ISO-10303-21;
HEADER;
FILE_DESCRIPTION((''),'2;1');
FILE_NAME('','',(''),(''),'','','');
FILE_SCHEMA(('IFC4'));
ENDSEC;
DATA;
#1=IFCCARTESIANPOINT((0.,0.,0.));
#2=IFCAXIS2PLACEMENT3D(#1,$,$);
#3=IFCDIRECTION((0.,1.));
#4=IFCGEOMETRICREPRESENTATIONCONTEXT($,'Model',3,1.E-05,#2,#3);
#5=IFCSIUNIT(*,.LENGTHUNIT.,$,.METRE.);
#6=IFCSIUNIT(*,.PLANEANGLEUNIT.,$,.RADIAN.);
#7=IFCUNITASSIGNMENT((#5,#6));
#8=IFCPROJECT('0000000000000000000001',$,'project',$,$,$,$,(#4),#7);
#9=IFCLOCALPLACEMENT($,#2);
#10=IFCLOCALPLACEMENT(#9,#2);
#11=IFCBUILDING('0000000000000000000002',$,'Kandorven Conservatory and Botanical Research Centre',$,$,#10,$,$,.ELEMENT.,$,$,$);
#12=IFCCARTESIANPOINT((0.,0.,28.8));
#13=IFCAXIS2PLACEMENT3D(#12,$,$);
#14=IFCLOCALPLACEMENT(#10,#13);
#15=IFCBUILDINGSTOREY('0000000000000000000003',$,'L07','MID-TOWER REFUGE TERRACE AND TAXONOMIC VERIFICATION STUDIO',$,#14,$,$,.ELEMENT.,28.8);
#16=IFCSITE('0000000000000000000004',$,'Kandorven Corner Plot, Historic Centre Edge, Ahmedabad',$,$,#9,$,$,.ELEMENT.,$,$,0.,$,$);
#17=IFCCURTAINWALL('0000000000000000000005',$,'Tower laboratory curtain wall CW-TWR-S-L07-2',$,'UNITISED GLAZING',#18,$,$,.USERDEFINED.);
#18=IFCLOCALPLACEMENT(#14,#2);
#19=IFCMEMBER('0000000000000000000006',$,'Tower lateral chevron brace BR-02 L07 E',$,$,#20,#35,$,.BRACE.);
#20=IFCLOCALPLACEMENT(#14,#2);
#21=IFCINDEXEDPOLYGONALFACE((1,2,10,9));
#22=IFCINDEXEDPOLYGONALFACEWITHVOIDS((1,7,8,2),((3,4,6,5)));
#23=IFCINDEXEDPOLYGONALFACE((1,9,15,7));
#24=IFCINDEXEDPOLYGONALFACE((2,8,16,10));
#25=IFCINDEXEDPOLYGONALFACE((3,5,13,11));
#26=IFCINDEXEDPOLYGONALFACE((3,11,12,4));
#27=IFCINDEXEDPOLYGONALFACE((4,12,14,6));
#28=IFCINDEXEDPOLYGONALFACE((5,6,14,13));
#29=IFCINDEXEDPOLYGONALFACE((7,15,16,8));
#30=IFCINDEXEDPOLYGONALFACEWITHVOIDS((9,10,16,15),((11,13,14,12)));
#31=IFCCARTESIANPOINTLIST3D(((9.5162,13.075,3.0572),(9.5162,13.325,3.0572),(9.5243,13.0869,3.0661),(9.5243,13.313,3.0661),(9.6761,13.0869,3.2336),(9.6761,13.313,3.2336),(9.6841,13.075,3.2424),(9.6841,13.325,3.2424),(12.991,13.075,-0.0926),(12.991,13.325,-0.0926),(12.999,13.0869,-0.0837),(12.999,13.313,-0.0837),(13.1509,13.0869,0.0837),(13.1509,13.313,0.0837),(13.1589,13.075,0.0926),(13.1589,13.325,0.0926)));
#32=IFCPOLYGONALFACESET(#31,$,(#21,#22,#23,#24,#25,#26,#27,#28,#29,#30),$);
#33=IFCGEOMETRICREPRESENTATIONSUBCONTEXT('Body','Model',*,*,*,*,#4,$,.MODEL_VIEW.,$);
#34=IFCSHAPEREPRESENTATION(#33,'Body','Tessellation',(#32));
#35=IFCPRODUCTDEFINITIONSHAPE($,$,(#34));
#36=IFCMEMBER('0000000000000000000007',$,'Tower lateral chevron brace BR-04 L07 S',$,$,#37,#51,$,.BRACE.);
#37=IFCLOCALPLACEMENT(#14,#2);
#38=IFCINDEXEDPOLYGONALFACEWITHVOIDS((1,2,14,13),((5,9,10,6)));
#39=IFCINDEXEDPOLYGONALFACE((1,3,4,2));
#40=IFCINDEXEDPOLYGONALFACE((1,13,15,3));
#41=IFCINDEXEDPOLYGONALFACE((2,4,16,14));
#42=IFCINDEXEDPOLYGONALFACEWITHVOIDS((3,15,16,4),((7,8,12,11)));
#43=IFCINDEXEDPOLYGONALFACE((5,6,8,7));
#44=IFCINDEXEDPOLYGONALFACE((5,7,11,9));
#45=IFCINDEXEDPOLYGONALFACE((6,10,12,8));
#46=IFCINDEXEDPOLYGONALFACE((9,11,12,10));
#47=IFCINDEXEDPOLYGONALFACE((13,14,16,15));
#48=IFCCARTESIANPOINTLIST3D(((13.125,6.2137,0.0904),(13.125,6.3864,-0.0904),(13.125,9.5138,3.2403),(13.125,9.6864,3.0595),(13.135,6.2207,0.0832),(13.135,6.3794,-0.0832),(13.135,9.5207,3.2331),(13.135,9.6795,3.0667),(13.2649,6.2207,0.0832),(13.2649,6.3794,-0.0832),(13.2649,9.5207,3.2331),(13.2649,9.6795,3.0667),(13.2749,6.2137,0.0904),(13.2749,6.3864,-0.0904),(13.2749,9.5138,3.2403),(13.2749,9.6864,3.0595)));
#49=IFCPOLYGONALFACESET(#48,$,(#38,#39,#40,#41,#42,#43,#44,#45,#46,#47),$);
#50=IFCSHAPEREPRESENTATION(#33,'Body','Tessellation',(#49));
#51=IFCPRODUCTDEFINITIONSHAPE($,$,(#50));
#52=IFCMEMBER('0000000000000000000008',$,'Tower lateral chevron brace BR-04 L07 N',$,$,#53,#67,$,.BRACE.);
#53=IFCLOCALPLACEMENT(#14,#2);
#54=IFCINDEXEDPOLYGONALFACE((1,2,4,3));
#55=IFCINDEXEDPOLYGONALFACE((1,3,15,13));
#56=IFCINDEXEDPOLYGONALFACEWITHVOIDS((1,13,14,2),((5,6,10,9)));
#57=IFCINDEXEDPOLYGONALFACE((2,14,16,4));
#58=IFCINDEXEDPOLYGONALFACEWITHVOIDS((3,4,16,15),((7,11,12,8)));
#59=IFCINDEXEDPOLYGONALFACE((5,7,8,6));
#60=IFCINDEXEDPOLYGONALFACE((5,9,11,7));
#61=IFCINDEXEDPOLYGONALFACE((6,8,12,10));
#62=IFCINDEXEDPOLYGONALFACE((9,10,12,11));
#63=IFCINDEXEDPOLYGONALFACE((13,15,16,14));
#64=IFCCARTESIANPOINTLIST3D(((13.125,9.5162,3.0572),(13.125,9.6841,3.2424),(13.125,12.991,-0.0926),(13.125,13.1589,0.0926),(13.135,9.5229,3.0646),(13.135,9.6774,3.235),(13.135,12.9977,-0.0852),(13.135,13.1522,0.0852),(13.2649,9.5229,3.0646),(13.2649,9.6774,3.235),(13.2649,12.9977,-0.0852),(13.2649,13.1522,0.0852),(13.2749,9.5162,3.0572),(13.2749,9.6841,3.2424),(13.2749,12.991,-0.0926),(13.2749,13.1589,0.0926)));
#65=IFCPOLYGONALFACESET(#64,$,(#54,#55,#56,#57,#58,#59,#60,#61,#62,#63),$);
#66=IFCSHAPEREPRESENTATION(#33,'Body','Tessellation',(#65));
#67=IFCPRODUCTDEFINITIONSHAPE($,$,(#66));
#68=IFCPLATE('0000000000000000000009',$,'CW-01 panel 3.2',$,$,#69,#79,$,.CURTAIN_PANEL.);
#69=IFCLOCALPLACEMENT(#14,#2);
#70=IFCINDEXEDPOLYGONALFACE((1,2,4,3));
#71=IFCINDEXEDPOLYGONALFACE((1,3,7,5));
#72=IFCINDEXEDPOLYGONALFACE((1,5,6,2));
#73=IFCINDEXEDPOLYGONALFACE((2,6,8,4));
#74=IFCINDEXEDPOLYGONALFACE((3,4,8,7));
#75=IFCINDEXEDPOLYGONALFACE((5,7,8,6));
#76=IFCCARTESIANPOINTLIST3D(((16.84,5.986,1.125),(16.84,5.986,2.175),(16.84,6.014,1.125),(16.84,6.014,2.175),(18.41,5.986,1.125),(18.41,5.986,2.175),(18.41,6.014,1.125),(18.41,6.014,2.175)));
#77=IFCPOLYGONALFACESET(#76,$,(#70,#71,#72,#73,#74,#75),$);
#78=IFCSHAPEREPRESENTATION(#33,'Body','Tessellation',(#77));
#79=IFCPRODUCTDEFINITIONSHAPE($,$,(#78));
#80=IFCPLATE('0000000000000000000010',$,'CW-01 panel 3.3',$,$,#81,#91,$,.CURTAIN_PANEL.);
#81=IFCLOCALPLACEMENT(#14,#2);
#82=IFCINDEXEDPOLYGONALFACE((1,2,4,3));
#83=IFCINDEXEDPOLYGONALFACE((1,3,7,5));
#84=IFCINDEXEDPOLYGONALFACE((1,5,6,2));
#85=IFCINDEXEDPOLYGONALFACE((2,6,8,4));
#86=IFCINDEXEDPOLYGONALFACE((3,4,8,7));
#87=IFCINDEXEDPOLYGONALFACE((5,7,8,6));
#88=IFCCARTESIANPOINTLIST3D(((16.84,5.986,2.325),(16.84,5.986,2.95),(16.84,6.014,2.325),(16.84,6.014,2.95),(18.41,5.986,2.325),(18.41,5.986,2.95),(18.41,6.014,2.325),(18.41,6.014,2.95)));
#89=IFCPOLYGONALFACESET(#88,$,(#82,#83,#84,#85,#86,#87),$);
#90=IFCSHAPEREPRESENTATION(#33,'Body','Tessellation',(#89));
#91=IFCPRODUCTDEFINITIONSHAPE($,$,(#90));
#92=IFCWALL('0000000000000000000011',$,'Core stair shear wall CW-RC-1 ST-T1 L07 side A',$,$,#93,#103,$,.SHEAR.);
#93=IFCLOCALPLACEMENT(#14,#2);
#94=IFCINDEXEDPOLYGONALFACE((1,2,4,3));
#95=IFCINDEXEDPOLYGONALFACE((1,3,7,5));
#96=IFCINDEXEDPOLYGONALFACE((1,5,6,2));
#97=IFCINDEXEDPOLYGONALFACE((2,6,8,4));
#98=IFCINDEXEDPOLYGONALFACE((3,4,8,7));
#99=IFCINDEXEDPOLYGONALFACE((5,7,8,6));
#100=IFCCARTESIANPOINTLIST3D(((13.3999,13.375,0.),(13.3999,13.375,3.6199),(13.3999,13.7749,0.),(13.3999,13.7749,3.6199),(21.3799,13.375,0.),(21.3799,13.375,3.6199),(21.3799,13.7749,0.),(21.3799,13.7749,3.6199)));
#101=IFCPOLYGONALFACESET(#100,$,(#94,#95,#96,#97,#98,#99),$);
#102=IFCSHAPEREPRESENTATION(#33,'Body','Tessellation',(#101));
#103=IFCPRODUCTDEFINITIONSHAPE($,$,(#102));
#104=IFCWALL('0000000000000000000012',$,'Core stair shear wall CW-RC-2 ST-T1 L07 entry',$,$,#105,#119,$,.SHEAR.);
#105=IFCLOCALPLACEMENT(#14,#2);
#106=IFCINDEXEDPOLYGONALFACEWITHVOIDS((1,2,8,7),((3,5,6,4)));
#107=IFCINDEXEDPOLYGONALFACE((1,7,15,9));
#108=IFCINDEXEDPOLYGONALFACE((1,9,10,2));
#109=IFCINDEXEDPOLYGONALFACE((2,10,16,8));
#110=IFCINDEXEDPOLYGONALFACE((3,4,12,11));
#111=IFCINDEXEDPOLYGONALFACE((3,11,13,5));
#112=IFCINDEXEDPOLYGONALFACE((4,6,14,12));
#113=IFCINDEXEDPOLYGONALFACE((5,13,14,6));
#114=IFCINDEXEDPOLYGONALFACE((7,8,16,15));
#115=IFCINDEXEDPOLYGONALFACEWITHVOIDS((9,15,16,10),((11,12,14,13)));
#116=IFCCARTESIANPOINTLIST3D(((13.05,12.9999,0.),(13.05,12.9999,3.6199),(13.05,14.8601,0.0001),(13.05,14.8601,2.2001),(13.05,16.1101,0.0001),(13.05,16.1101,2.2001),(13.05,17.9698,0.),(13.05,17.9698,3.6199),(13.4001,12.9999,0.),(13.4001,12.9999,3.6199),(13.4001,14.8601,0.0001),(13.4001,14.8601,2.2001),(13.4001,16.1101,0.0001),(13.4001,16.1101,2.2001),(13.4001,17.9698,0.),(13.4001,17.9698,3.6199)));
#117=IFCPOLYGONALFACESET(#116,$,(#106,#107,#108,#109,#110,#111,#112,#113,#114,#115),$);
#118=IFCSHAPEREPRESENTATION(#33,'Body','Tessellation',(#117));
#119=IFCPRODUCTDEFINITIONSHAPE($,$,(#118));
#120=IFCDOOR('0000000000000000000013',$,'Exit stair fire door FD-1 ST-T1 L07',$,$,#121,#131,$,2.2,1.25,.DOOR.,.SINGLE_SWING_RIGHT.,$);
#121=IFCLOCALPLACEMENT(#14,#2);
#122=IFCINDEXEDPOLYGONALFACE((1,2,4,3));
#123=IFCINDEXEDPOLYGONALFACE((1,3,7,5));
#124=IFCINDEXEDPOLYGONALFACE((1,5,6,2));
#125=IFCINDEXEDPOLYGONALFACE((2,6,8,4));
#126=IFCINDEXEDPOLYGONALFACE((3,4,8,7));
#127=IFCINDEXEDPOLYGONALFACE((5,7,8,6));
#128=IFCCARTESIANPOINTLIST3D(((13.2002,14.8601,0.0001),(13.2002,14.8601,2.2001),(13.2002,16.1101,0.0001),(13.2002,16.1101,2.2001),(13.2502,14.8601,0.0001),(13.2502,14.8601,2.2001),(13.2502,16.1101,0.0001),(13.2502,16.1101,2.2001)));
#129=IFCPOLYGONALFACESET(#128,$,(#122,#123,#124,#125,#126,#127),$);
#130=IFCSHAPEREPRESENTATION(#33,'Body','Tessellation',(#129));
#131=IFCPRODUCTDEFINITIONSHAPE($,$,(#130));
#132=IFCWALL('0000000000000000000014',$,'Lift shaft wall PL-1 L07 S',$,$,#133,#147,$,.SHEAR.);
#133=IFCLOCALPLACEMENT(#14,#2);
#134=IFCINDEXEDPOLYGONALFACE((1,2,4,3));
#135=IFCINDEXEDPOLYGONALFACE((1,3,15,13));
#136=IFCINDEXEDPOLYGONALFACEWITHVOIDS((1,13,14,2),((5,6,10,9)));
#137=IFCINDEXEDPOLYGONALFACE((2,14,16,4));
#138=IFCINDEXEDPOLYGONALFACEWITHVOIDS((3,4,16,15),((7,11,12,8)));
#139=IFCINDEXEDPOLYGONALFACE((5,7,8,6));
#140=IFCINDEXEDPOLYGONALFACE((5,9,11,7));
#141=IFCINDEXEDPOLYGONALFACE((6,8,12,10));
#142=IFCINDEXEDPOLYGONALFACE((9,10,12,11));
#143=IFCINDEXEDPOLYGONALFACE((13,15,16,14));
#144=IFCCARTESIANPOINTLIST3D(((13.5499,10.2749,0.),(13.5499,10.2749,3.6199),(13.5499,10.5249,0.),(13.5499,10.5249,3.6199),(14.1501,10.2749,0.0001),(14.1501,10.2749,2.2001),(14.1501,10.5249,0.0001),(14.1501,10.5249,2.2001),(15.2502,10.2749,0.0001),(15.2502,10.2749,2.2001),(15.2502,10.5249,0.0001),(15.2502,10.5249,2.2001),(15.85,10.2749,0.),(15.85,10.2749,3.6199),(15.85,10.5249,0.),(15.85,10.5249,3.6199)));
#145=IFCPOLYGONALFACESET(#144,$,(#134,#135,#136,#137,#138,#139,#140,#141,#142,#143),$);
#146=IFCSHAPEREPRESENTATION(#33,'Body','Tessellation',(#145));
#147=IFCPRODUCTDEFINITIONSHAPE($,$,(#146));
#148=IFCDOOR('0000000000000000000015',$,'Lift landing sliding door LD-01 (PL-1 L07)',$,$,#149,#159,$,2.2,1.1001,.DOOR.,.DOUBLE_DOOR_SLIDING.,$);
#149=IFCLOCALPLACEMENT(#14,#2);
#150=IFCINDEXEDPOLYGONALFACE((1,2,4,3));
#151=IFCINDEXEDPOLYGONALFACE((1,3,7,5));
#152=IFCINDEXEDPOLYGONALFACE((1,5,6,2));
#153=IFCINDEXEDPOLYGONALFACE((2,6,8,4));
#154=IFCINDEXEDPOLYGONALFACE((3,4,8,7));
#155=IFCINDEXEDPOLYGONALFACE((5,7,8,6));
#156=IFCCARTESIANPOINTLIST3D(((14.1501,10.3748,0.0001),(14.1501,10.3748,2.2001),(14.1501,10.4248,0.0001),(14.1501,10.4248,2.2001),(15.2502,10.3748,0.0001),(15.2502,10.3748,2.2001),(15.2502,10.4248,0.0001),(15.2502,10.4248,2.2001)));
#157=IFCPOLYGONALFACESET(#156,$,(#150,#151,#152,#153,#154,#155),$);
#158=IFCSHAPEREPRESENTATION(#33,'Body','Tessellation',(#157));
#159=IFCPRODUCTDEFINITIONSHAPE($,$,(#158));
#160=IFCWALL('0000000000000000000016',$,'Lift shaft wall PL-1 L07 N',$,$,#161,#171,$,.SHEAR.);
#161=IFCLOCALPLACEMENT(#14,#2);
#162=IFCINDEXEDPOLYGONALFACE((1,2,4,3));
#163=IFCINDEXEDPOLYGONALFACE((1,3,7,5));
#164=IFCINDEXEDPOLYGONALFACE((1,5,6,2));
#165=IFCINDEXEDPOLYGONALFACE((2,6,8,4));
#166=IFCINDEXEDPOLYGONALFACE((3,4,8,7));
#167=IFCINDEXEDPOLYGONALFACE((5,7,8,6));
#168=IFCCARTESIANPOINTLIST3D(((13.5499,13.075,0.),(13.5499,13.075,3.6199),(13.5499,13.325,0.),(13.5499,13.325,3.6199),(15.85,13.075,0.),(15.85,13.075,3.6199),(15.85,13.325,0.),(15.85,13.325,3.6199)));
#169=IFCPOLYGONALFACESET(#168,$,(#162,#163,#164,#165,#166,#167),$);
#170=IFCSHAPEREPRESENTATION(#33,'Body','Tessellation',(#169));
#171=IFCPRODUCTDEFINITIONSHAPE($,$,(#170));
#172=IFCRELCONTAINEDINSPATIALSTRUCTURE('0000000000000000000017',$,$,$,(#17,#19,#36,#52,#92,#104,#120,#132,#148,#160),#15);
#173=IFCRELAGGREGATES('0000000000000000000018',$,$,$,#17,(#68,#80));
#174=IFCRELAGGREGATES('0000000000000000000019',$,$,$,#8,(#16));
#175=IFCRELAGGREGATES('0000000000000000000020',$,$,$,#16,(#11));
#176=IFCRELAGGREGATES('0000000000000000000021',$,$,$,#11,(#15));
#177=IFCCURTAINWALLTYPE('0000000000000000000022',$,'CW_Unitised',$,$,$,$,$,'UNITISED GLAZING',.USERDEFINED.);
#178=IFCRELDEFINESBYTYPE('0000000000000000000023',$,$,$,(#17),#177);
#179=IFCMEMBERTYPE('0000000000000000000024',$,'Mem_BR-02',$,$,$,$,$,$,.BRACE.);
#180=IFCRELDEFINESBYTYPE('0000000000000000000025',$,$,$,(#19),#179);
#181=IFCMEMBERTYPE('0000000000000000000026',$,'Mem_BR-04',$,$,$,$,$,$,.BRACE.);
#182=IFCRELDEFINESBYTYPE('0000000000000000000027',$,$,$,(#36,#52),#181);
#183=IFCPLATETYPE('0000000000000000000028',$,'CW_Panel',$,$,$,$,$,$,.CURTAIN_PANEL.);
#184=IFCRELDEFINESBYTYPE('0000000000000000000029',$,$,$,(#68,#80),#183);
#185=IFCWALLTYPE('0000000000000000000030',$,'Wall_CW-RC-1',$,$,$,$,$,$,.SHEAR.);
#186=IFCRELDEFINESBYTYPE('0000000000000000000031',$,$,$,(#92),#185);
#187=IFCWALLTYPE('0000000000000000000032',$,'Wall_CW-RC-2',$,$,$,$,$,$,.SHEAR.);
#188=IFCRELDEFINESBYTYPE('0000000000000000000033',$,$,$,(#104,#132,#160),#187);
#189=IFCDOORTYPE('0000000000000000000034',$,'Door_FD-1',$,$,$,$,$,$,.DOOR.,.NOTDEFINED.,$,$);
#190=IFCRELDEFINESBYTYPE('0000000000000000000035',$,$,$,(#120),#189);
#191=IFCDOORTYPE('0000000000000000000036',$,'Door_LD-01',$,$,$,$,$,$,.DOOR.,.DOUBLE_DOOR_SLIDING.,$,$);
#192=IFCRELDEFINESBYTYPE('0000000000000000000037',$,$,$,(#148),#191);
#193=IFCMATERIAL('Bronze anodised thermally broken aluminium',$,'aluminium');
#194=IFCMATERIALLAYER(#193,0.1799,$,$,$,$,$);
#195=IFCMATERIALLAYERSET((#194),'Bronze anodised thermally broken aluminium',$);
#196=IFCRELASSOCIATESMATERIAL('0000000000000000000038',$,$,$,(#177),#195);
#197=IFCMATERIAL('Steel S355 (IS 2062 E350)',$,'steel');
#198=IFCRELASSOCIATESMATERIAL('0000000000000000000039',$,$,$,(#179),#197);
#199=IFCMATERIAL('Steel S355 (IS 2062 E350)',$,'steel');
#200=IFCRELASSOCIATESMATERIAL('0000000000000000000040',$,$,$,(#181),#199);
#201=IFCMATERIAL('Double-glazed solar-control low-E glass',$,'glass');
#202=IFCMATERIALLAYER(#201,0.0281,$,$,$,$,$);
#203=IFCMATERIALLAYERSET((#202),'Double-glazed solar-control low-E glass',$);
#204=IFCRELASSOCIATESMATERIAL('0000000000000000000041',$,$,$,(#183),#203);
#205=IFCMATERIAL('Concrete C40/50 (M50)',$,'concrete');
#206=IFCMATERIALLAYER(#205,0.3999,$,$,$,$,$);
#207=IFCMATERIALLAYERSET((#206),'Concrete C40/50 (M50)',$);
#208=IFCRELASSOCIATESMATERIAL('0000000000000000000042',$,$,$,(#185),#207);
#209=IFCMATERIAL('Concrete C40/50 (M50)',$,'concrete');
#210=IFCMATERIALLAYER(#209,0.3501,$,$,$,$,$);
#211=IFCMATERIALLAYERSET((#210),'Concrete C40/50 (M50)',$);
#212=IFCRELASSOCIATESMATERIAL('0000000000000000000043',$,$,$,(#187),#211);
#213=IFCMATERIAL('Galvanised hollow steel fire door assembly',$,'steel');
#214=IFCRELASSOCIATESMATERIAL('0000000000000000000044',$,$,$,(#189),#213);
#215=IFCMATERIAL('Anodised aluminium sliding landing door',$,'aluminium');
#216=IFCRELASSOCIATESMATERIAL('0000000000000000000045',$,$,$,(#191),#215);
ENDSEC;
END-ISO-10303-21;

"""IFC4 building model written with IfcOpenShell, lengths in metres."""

from ifc_helpers import new_model, si_unit, direction, frame, frame_2d, origin, origin_2d, place, context, subcontext, project, spatial, rectangle, hollow_rectangle, extrude, material, layer, layer_set, material_profile, profile_set, type_object, element, fill, aggregate, save


model = new_model("IFC4")

# Units and contexts
model_context = context("Model", 3, precision=1e-05, world=origin(), true_north=direction((0.0, 1.0)))
body_context = subcontext(model_context, "Body", "Model", "MODEL_VIEW")
ifc_project = project(units=[si_unit("LENGTHUNIT", "METRE"), si_unit("PLANEANGLEUNIT", "RADIAN")], contexts=[model_context])

# Site, building, storey
site_placement = place(None, origin())
site = spatial("IfcSite", under=ifc_project, at=site_placement, Name="Kandorven Corner Plot, Historic Centre Edge, Ahmedabad", CompositionType="ELEMENT", RefElevation=0.0)
building_placement = place(site_placement, origin())
building = spatial("IfcBuilding", under=site, at=building_placement, Name="Kandorven Conservatory and Botanical Research Centre", CompositionType="ELEMENT")
storey_placement = place(building_placement, frame((0.0, 0.0, 28.8)))
storey = spatial("IfcBuildingStorey", under=building, at=storey_placement, Name="L07", Description="MID-TOWER REFUGE TERRACE AND TAXONOMIC VERIFICATION STUDIO", CompositionType="ELEMENT", Elevation=28.8)

# Curtain wall
ifc_material_1 = material(Name="Bronze anodised thermally broken aluminium", Category="aluminium")
ifc_layer_1 = layer(ifc_material_1, 0.1799)
ifc_layer_set_1 = layer_set([ifc_layer_1], Name="Bronze anodised thermally broken aluminium")
curtain_wall_type = type_object("IfcCurtainWallType", Name="CW_Unitised", ElementType="UNITISED GLAZING", PredefinedType="USERDEFINED", material=ifc_layer_set_1)
curtain_wall_placement = place(storey_placement, origin())
curtain_wall = element("IfcCurtainWall", 1, at=curtain_wall_placement, inside=storey, type_object=curtain_wall_type, Name="Tower laboratory curtain wall CW-TWR-S-L07-2", ObjectType="UNITISED GLAZING", PredefinedType="USERDEFINED")

# Members
ifc_material_2 = material(Name="Steel S355 (IS 2062 E350)", Category="steel")
ifc_material_profile_1 = material_profile(ifc_material_2, hollow_rectangle(XDim=0.25, YDim=0.25, WallThickness=0.012, at=origin_2d()))
ifc_profile_set_1 = profile_set([ifc_material_profile_1], Name="Steel S355 (IS 2062 E350)")
member_type_1 = type_object("IfcMemberType", Name="Mem_BR-02", PredefinedType="BRACE", material=ifc_profile_set_1)
member_1_placement = place(storey_placement, frame((13.075, 13.2, 0.0), z_axis=(-0.7409, 0.0, 0.671615), x_axis=(0.0, -1.0, 0.0)))
element("IfcMember", 2, at=member_1_placement, inside=storey, type_object=member_type_1, Name="Tower lateral chevron brace BR-02 L07 E", PredefinedType="BRACE", context=body_context, shape_type="SweptSolid", body=[
    extrude(hollow_rectangle(XDim=0.25, YDim=0.25, WallThickness=0.012, at=origin_2d()), origin(), (0.0, 0.0, 1.0), 4.6899),
])
ifc_material_3 = material(Name="Steel S355 (IS 2062 E350)", Category="steel")
ifc_material_profile_2 = material_profile(ifc_material_3, hollow_rectangle(XDim=0.1499, YDim=0.25, WallThickness=0.01, at=origin_2d()))
ifc_profile_set_2 = profile_set([ifc_material_profile_2], Name="Steel S355 (IS 2062 E350)")
member_type_2 = type_object("IfcMemberType", Name="Mem_BR-04", PredefinedType="BRACE", material=ifc_profile_set_2)
member_2_placement = place(storey_placement, frame((13.2, 6.3, 0.0), z_axis=(0.0, 0.723371, 0.690459), x_axis=(-1.0, 0.0, 0.0)))
element("IfcMember", 3, at=member_2_placement, inside=storey, type_object=member_type_2, Name="Tower lateral chevron brace BR-04 L07 S", PredefinedType="BRACE", context=body_context, shape_type="SweptSolid", body=[
    extrude(hollow_rectangle(XDim=0.1499, YDim=0.25, WallThickness=0.01, at=origin_2d()), origin(), (0.0, 0.0, 1.0), 4.562),
])
member_3_placement = place(storey_placement, frame((13.2, 13.075, 0.0), z_axis=(0.0, -0.7409, 0.671615), x_axis=(1.0, 0.0, 0.0)))
element("IfcMember", 4, at=member_3_placement, inside=storey, type_object=member_type_2, Name="Tower lateral chevron brace BR-04 L07 N", PredefinedType="BRACE", context=body_context, shape_type="SweptSolid", body=[
    extrude(hollow_rectangle(XDim=0.1499, YDim=0.25, WallThickness=0.01, at=origin_2d()), origin(), (0.0, 0.0, 1.0), 4.6899),
])

# Plates
ifc_material_4 = material(Name="Double-glazed solar-control low-E glass", Category="glass")
ifc_layer_2 = layer(ifc_material_4, 0.0281)
ifc_layer_set_2 = layer_set([ifc_layer_2], Name="Double-glazed solar-control low-E glass")
plate_type = type_object("IfcPlateType", Name="CW_Panel", PredefinedType="CURTAIN_PANEL", material=ifc_layer_set_2)
plate_1_placement = place(storey_placement, frame((17.625, 6.0, 1.125), z_axis=(0.0, 0.0, 1.0), x_axis=(1.0, 0.0, 0.0)))
plate_1 = element("IfcPlate", 5, at=plate_1_placement, type_object=plate_type, Name="CW-01 panel 3.2", PredefinedType="CURTAIN_PANEL", context=body_context, shape_type="SweptSolid", body=[
    extrude(rectangle(XDim=1.5701, YDim=0.0281, at=origin_2d()), origin(), (0.0, 0.0, 1.0), 1.05),
])
plate_2_placement = place(storey_placement, frame((17.625, 6.0, 2.325), z_axis=(0.0, 0.0, 1.0), x_axis=(1.0, 0.0, 0.0)))
plate_2 = element("IfcPlate", 6, at=plate_2_placement, type_object=plate_type, Name="CW-01 panel 3.3", PredefinedType="CURTAIN_PANEL", context=body_context, shape_type="SweptSolid", body=[
    extrude(rectangle(XDim=1.5701, YDim=0.0281, at=origin_2d()), origin(), (0.0, 0.0, 1.0), 0.625),
])
aggregate(curtain_wall, [plate_1, plate_2])

# Wall
ifc_material_5 = material(Name="Concrete C40/50 (M50)", Category="concrete")
ifc_layer_3 = layer(ifc_material_5, 0.3999)
ifc_layer_set_3 = layer_set([ifc_layer_3], Name="Concrete C40/50 (M50)")
wall_type_1 = type_object("IfcWallType", Name="Wall_CW-RC-1", PredefinedType="SHEAR", material=ifc_layer_set_3)
wall_1_placement = place(storey_placement, frame((13.3999, 13.575, 0.0), z_axis=(0.0, 0.0, 1.0), x_axis=(1.0, 0.0, 0.0)))
element("IfcWall", 7, at=wall_1_placement, inside=storey, type_object=wall_type_1, Name="Core stair shear wall CW-RC-1 ST-T1 L07 side A", PredefinedType="SHEAR", context=body_context, shape_type="SweptSolid", body=[
    extrude(rectangle(XDim=7.98, YDim=0.3999, at=frame_2d((3.99, 0.0))), origin(), (0.0, 0.0, 1.0), 3.6199),
])

# Walls, openings, doors
ifc_material_6 = material(Name="Concrete C40/50 (M50)", Category="concrete")
ifc_layer_4 = layer(ifc_material_6, 0.3501)
ifc_layer_set_4 = layer_set([ifc_layer_4], Name="Concrete C40/50 (M50)")
wall_type_2 = type_object("IfcWallType", Name="Wall_CW-RC-2", PredefinedType="SHEAR", material=ifc_layer_set_4)
wall_2_placement = place(storey_placement, frame((13.2251, 13.0, 0.0), z_axis=(0.0, 0.0, 1.0), x_axis=(0.0, 1.0, 0.0)))
wall_2 = element("IfcWall", 8, at=wall_2_placement, inside=storey, type_object=wall_type_2, Name="Core stair shear wall CW-RC-2 ST-T1 L07 entry", PredefinedType="SHEAR", context=body_context, shape_type="SweptSolid", body=[
    extrude(rectangle(XDim=4.97, YDim=0.3501, at=frame_2d((2.4849, 0.0))), origin(), (0.0, 0.0, 1.0), 3.6199),
])
opening_1_placement = place(wall_2_placement, frame((1.8601, 0.0, 0.0)))
opening_1 = element("IfcOpeningElement", 9, at=opening_1_placement, cuts=wall_2, PredefinedType="OPENING", context=body_context, shape_type="SweptSolid", body=[
    extrude(rectangle(XDim=1.25, YDim=2.2, at=frame_2d((0.625, 1.1001))), frame((0.0, 0.1851, 0.0), z_axis=(0.0, -1.0, 0.0), x_axis=(1.0, 0.0, 0.0)), (0.0, 0.0, 1.0), 0.3701),
])
ifc_material_7 = material(Name="Galvanised hollow steel fire door assembly", Category="steel")
door_type_1 = type_object("IfcDoorType", Name="Door_FD-1", OperationType="NOTDEFINED", PredefinedType="DOOR", material=ifc_material_7)
door_1_placement = place(opening_1_placement, origin())
door_1 = element("IfcDoor", 10, at=door_1_placement, inside=storey, type_object=door_type_1, Name="Exit stair fire door FD-1 ST-T1 L07", OperationType="SINGLE_SWING_RIGHT", OverallHeight=2.2, OverallWidth=1.25, PredefinedType="DOOR", context=body_context, shape_type="SweptSolid", body=[
    extrude(rectangle(XDim=1.25, YDim=2.2, at=frame_2d((0.625, 1.1001))), frame((0.0, 0.0249, 0.0), z_axis=(0.0, -1.0, 0.0), x_axis=(1.0, 0.0, 0.0)), (0.0, 0.0, 1.0), 0.05),
])
fill(opening_1, door_1)
wall_3_placement = place(storey_placement, frame((13.55, 10.3999, 0.0), z_axis=(0.0, 0.0, 1.0), x_axis=(1.0, 0.0, 0.0)))
wall_3 = element("IfcWall", 11, at=wall_3_placement, inside=storey, type_object=wall_type_2, Name="Lift shaft wall PL-1 L07 S", PredefinedType="SHEAR", context=body_context, shape_type="SweptSolid", body=[
    extrude(rectangle(XDim=2.3, YDim=0.25, at=frame_2d((1.1499, 0.0))), origin(), (0.0, 0.0, 1.0), 3.6199),
])
opening_2_placement = place(wall_3_placement, frame((0.6001, 0.0, 0.0)))
opening_2 = element("IfcOpeningElement", 12, at=opening_2_placement, cuts=wall_3, PredefinedType="OPENING", context=body_context, shape_type="SweptSolid", body=[
    extrude(rectangle(XDim=1.1001, YDim=2.2, at=frame_2d((0.55, 1.1001))), frame((0.0, 0.135, 0.0), z_axis=(0.0, -1.0, 0.0), x_axis=(1.0, 0.0, 0.0)), (0.0, 0.0, 1.0), 0.27),
])
ifc_material_8 = material(Name="Anodised aluminium sliding landing door", Category="aluminium")
door_type_2 = type_object("IfcDoorType", Name="Door_LD-01", OperationType="DOUBLE_DOOR_SLIDING", PredefinedType="DOOR", material=ifc_material_8)
door_2_placement = place(opening_2_placement, origin())
door_2 = element("IfcDoor", 13, at=door_2_placement, inside=storey, type_object=door_type_2, Name="Lift landing sliding door LD-01 (PL-1 L07)", OperationType="DOUBLE_DOOR_SLIDING", OverallHeight=2.2, OverallWidth=1.1001, PredefinedType="DOOR", context=body_context, shape_type="SweptSolid", body=[
    extrude(rectangle(XDim=1.1001, YDim=2.2, at=frame_2d((0.55, 1.1001))), frame((0.0, 0.0249, 0.0), z_axis=(0.0, -1.0, 0.0), x_axis=(1.0, 0.0, 0.0)), (0.0, 0.0, 1.0), 0.05),
])
fill(opening_2, door_2)

# Wall
wall_4_placement = place(storey_placement, frame((13.55, 13.2, 0.0), z_axis=(0.0, 0.0, 1.0), x_axis=(1.0, 0.0, 0.0)))
element("IfcWall", 14, at=wall_4_placement, inside=storey, type_object=wall_type_2, Name="Lift shaft wall PL-1 L07 N", PredefinedType="SHEAR", context=body_context, shape_type="SweptSolid", body=[
    extrude(rectangle(XDim=2.3, YDim=0.25, at=frame_2d((1.1499, 0.0))), origin(), (0.0, 0.0, 1.0), 3.6199),
])

save(model, "model.ifc")
